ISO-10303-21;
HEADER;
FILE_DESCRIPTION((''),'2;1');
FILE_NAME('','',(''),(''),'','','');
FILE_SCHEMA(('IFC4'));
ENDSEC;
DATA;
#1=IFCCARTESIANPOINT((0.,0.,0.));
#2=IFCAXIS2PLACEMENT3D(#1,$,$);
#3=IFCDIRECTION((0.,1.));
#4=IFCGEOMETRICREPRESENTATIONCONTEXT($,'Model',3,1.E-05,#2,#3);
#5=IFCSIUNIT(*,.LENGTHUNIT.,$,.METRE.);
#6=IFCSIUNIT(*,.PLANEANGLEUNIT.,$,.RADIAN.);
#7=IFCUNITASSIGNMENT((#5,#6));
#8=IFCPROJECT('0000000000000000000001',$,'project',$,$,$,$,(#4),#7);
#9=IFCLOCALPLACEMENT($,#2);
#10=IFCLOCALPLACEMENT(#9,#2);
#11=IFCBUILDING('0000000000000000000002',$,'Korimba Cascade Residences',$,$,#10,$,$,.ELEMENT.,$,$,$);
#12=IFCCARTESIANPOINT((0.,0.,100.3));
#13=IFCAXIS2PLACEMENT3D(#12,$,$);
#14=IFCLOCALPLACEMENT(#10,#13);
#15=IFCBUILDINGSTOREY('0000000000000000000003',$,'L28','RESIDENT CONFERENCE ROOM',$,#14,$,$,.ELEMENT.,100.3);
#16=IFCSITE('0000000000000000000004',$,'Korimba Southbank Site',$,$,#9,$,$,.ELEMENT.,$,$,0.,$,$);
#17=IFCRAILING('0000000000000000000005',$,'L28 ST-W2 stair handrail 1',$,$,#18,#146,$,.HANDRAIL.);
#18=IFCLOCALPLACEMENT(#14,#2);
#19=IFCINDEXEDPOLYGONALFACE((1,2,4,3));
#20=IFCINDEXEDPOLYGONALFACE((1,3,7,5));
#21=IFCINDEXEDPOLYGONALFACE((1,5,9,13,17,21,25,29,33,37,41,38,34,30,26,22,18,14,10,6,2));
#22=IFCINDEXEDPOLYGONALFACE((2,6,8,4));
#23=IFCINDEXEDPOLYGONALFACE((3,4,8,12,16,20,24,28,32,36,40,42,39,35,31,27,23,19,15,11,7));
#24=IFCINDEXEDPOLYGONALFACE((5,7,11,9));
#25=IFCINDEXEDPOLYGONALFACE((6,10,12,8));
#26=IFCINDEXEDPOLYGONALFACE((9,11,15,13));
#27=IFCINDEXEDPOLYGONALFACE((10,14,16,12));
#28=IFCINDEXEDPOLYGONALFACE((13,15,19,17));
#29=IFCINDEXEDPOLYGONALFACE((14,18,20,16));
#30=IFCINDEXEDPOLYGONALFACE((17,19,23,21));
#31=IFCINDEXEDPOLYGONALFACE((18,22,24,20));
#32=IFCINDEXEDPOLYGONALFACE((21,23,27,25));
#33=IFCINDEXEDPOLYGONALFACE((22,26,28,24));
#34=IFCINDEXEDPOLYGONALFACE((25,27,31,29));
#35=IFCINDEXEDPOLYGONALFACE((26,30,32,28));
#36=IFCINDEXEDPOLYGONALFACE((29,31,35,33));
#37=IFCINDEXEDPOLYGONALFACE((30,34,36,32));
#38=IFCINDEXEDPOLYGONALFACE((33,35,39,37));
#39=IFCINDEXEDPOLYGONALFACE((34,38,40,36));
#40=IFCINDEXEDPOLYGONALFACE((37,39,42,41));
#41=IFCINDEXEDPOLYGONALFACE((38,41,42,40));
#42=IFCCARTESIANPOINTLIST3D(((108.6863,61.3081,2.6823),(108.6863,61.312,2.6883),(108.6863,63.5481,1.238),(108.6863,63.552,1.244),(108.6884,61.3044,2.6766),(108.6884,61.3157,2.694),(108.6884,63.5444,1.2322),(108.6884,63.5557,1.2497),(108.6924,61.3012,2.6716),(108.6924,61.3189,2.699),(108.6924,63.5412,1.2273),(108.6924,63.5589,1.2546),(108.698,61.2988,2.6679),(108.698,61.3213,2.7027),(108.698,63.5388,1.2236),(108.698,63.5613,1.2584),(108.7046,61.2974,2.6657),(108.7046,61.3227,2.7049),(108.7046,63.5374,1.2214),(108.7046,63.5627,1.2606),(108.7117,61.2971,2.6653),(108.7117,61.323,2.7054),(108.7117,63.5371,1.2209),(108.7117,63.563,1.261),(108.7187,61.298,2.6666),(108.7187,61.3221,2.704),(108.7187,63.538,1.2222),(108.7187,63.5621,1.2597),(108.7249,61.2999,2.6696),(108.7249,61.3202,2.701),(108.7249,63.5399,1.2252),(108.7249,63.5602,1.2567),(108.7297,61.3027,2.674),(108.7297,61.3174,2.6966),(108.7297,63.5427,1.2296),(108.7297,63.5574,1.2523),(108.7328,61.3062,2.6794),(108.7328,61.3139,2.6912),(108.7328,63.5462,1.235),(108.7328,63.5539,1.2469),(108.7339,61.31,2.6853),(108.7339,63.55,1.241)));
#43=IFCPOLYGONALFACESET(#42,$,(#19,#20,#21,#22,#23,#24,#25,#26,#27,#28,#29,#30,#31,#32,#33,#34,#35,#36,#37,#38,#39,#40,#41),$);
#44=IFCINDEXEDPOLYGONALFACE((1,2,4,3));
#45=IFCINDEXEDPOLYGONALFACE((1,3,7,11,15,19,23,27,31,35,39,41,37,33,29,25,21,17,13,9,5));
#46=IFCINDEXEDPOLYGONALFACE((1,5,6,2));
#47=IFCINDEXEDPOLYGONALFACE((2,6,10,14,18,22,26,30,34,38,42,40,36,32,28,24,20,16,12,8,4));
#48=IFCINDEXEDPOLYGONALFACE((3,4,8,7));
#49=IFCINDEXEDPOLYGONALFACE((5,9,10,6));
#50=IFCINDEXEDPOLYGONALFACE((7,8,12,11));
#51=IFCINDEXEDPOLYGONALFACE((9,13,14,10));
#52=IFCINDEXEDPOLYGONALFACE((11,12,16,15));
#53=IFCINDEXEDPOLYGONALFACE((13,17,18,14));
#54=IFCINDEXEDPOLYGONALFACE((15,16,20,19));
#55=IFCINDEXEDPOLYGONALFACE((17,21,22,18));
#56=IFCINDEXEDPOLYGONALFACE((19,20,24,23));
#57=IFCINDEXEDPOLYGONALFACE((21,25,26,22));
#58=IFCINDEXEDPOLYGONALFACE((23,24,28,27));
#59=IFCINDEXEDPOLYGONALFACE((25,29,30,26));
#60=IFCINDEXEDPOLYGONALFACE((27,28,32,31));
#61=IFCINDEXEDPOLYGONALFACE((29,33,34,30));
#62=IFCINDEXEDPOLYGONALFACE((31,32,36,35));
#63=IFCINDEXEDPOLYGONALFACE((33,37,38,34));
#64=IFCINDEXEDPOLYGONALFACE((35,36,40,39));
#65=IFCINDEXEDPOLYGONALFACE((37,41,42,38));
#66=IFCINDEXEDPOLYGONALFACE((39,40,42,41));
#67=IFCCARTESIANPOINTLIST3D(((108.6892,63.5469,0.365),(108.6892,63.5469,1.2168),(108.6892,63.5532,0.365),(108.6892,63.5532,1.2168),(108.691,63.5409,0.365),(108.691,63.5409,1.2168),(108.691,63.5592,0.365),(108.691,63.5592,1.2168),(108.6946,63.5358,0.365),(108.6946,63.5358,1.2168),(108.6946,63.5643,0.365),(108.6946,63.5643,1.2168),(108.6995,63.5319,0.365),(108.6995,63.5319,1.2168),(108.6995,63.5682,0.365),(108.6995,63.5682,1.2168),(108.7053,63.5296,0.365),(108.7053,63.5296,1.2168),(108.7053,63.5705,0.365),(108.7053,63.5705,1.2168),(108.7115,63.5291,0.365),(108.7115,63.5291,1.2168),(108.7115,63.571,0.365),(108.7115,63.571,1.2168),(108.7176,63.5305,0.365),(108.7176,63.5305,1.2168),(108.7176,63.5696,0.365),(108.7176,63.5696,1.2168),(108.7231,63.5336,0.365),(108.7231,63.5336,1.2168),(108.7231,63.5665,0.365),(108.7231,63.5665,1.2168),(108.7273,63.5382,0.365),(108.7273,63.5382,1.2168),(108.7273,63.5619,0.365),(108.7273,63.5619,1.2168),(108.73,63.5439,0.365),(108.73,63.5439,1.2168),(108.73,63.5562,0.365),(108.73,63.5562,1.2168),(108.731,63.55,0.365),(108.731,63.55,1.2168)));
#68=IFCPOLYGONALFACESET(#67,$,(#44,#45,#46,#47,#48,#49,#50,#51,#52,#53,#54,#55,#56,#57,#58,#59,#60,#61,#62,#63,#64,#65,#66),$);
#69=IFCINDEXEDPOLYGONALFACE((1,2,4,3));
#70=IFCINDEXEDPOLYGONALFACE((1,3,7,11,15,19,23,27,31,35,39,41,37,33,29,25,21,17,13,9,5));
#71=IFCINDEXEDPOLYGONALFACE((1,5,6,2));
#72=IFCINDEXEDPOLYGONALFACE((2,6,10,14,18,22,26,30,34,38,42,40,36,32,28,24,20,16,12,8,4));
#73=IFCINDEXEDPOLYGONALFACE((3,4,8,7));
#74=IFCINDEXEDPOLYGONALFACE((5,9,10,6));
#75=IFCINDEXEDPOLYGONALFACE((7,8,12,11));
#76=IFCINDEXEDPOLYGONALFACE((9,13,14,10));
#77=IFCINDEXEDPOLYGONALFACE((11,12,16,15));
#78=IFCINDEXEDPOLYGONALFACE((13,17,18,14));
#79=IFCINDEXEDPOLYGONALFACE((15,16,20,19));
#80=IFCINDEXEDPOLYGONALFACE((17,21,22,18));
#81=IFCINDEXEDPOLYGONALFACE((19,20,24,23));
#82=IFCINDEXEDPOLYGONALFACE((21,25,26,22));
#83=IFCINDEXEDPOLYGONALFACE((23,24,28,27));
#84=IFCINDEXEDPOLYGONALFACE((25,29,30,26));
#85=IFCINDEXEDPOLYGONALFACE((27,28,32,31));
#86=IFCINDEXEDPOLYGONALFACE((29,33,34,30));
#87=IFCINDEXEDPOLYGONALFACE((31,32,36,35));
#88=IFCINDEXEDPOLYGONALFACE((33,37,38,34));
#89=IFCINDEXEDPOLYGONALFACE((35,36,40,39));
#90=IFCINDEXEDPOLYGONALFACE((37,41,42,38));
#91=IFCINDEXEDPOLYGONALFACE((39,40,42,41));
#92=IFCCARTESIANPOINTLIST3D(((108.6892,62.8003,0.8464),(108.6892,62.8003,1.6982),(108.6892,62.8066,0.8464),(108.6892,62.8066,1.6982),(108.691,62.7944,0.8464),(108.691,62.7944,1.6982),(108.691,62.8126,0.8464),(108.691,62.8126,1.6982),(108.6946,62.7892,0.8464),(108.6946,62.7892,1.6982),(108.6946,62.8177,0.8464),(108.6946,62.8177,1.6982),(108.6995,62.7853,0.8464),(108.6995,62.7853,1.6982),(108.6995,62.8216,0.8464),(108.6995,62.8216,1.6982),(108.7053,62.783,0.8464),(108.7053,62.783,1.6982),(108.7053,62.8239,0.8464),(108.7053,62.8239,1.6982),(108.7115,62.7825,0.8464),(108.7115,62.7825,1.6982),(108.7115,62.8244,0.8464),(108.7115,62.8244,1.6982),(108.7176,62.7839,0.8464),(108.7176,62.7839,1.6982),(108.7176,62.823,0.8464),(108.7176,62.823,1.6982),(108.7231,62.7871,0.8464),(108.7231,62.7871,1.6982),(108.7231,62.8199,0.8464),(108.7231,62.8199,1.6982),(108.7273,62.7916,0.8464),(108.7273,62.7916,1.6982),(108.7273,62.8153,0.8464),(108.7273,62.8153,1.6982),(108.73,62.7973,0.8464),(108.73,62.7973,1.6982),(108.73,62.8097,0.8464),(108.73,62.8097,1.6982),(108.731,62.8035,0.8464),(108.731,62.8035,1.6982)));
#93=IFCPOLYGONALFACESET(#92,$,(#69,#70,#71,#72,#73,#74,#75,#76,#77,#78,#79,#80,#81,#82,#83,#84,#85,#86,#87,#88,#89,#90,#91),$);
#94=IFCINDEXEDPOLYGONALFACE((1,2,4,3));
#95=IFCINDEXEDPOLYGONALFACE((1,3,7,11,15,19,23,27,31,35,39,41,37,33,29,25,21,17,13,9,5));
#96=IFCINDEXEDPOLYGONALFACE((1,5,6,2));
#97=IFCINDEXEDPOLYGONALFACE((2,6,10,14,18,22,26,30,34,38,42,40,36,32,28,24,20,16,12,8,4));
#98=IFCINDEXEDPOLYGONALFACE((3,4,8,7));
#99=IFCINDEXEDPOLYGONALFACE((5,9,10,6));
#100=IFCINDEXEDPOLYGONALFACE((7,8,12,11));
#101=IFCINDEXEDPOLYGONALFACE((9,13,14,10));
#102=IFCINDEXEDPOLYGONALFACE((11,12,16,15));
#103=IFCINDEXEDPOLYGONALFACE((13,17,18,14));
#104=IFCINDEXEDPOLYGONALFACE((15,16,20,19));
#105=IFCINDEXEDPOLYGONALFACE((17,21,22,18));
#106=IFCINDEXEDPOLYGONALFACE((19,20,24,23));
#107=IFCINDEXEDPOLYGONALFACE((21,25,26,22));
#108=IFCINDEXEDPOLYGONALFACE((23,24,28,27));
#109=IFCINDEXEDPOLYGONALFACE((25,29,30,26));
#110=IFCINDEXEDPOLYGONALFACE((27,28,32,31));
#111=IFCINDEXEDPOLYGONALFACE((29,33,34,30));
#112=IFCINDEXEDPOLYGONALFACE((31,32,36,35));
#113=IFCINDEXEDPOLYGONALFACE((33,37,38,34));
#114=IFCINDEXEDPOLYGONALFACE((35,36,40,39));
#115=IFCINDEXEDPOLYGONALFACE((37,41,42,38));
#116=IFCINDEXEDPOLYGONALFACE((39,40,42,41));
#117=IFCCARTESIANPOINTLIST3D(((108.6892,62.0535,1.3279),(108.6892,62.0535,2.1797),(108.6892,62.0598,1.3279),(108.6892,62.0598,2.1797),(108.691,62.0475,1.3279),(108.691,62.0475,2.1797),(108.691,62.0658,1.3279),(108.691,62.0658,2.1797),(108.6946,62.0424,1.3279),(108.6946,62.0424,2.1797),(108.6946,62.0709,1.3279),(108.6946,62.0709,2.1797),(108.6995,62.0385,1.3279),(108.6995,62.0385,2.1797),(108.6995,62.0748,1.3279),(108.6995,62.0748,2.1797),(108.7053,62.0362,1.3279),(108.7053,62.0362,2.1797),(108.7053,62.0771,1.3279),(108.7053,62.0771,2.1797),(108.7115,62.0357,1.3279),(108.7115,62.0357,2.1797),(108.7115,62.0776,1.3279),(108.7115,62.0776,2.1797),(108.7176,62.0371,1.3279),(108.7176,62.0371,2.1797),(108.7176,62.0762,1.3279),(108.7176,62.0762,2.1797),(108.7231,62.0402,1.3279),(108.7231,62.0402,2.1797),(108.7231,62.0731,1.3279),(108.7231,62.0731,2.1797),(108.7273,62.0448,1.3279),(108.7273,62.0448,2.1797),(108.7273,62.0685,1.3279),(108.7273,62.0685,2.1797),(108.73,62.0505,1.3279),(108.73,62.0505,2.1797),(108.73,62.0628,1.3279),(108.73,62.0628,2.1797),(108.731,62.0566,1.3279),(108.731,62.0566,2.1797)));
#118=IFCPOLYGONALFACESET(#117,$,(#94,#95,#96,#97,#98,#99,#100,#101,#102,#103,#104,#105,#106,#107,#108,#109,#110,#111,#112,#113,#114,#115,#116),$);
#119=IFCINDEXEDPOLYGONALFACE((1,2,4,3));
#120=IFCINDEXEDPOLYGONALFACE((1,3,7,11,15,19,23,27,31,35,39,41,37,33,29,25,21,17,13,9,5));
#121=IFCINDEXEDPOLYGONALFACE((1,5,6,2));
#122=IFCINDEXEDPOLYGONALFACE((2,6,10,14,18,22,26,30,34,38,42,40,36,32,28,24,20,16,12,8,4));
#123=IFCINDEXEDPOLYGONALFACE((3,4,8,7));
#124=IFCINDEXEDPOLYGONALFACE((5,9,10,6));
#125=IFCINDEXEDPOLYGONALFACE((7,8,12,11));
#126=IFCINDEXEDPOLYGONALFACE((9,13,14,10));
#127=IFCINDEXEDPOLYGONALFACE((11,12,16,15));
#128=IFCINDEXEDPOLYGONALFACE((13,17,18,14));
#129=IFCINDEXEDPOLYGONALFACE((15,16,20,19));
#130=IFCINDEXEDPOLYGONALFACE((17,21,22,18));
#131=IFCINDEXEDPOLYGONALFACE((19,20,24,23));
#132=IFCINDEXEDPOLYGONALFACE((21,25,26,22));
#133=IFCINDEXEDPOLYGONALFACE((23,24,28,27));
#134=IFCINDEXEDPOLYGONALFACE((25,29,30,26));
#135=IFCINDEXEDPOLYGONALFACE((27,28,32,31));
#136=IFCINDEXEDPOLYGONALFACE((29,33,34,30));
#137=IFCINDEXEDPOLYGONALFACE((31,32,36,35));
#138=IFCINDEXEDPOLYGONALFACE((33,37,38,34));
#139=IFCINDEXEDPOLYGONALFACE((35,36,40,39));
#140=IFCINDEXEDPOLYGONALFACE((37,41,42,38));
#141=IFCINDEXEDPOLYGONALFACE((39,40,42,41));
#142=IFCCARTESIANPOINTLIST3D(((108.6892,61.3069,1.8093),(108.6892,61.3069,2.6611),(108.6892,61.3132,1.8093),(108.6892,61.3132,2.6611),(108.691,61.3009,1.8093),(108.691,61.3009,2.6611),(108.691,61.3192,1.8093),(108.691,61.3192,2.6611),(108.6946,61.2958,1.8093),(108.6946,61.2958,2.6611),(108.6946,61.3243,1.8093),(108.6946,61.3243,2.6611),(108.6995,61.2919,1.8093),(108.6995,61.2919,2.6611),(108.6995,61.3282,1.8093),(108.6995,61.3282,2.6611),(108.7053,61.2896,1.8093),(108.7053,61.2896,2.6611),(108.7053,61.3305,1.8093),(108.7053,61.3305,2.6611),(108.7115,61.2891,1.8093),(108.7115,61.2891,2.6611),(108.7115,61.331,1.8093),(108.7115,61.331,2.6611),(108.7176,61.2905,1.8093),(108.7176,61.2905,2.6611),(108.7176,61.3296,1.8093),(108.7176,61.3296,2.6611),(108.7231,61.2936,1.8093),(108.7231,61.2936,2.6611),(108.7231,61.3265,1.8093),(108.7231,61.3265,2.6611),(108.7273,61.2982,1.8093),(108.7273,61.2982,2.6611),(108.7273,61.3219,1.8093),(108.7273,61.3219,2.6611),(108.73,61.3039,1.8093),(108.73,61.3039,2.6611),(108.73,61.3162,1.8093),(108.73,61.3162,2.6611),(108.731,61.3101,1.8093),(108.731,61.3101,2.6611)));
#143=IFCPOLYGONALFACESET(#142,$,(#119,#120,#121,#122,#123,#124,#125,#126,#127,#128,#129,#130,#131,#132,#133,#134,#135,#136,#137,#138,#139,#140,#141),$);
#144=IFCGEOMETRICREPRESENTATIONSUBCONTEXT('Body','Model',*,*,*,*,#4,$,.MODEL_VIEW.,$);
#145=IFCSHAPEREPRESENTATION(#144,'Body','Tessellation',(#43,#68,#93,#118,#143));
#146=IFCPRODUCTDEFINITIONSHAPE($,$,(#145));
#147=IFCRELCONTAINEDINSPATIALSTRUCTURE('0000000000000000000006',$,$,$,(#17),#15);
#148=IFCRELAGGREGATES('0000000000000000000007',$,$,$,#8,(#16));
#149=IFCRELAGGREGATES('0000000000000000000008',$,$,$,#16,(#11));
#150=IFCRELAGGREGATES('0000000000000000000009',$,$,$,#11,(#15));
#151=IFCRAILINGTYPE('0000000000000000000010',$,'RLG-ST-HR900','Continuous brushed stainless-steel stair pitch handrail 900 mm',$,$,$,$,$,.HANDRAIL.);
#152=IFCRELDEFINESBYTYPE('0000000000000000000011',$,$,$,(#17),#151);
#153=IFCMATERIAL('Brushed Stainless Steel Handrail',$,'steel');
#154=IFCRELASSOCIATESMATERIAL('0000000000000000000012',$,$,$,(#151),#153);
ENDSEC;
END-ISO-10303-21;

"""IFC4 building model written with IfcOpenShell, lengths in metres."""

from ifc_helpers import new_model, si_unit, direction, frame, origin, origin_2d, place, context, subcontext, project, spatial, circle, extrude, material, type_object, element, save


model = new_model("IFC4")

# Units and contexts
model_context = context("Model", 3, precision=1e-05, world=origin(), true_north=direction((0.0, 1.0)))
body_context = subcontext(model_context, "Body", "Model", "MODEL_VIEW")
ifc_project = project(units=[si_unit("LENGTHUNIT", "METRE"), si_unit("PLANEANGLEUNIT", "RADIAN")], contexts=[model_context])

# Site, building, storey
site_placement = place(None, origin())
site = spatial("IfcSite", under=ifc_project, at=site_placement, Name="Korimba Southbank Site", CompositionType="ELEMENT", RefElevation=0.0)
building_placement = place(site_placement, origin())
building = spatial("IfcBuilding", under=site, at=building_placement, Name="Korimba Cascade Residences", CompositionType="ELEMENT")
storey_placement = place(building_placement, frame((0.0, 0.0, 100.3)))
storey = spatial("IfcBuildingStorey", under=building, at=storey_placement, Name="L28", Description="RESIDENT CONFERENCE ROOM", CompositionType="ELEMENT", Elevation=100.3)

# Railing
ifc_material_1 = material(Name="Brushed Stainless Steel Handrail", Category="steel")
railing_type_1 = type_object("IfcRailingType", Name="RLG-ST-HR900", Description="Continuous brushed stainless-steel stair pitch handrail 900 mm", PredefinedType="HANDRAIL", material=ifc_material_1)
railing_1_placement = place(storey_placement, frame((108.71, 63.55, 0.365)))
element("IfcRailing", 1, at=railing_1_placement, inside=storey, type_object=railing_type_1, Name="L28 ST-W2 stair handrail 1", PredefinedType="HANDRAIL", context=body_context, shape_type="SweptSolid", body=[
    extrude(circle(Radius=0.0239, at=origin_2d()), frame((0.0, 0.0, 0.876), z_axis=(0.0, -0.840437, 0.54191), x_axis=(1.0, 0.0, 0.0)), (0.0, 0.0, 1.0), 2.6653),
    extrude(circle(Radius=0.021, at=origin_2d()), origin(), (0.0, 0.0, 1.0), 0.8518),
    extrude(circle(Radius=0.021, at=origin_2d()), frame((0.0, -0.7466, 0.4814)), (0.0, 0.0, 1.0), 0.8518),
    extrude(circle(Radius=0.021, at=origin_2d()), frame((0.0, -1.4934, 0.9629)), (0.0, 0.0, 1.0), 0.8518),
    extrude(circle(Radius=0.021, at=origin_2d()), frame((0.0, -2.24, 1.4443)), (0.0, 0.0, 1.0), 0.8518),
])

save(model, "model.ifc")
